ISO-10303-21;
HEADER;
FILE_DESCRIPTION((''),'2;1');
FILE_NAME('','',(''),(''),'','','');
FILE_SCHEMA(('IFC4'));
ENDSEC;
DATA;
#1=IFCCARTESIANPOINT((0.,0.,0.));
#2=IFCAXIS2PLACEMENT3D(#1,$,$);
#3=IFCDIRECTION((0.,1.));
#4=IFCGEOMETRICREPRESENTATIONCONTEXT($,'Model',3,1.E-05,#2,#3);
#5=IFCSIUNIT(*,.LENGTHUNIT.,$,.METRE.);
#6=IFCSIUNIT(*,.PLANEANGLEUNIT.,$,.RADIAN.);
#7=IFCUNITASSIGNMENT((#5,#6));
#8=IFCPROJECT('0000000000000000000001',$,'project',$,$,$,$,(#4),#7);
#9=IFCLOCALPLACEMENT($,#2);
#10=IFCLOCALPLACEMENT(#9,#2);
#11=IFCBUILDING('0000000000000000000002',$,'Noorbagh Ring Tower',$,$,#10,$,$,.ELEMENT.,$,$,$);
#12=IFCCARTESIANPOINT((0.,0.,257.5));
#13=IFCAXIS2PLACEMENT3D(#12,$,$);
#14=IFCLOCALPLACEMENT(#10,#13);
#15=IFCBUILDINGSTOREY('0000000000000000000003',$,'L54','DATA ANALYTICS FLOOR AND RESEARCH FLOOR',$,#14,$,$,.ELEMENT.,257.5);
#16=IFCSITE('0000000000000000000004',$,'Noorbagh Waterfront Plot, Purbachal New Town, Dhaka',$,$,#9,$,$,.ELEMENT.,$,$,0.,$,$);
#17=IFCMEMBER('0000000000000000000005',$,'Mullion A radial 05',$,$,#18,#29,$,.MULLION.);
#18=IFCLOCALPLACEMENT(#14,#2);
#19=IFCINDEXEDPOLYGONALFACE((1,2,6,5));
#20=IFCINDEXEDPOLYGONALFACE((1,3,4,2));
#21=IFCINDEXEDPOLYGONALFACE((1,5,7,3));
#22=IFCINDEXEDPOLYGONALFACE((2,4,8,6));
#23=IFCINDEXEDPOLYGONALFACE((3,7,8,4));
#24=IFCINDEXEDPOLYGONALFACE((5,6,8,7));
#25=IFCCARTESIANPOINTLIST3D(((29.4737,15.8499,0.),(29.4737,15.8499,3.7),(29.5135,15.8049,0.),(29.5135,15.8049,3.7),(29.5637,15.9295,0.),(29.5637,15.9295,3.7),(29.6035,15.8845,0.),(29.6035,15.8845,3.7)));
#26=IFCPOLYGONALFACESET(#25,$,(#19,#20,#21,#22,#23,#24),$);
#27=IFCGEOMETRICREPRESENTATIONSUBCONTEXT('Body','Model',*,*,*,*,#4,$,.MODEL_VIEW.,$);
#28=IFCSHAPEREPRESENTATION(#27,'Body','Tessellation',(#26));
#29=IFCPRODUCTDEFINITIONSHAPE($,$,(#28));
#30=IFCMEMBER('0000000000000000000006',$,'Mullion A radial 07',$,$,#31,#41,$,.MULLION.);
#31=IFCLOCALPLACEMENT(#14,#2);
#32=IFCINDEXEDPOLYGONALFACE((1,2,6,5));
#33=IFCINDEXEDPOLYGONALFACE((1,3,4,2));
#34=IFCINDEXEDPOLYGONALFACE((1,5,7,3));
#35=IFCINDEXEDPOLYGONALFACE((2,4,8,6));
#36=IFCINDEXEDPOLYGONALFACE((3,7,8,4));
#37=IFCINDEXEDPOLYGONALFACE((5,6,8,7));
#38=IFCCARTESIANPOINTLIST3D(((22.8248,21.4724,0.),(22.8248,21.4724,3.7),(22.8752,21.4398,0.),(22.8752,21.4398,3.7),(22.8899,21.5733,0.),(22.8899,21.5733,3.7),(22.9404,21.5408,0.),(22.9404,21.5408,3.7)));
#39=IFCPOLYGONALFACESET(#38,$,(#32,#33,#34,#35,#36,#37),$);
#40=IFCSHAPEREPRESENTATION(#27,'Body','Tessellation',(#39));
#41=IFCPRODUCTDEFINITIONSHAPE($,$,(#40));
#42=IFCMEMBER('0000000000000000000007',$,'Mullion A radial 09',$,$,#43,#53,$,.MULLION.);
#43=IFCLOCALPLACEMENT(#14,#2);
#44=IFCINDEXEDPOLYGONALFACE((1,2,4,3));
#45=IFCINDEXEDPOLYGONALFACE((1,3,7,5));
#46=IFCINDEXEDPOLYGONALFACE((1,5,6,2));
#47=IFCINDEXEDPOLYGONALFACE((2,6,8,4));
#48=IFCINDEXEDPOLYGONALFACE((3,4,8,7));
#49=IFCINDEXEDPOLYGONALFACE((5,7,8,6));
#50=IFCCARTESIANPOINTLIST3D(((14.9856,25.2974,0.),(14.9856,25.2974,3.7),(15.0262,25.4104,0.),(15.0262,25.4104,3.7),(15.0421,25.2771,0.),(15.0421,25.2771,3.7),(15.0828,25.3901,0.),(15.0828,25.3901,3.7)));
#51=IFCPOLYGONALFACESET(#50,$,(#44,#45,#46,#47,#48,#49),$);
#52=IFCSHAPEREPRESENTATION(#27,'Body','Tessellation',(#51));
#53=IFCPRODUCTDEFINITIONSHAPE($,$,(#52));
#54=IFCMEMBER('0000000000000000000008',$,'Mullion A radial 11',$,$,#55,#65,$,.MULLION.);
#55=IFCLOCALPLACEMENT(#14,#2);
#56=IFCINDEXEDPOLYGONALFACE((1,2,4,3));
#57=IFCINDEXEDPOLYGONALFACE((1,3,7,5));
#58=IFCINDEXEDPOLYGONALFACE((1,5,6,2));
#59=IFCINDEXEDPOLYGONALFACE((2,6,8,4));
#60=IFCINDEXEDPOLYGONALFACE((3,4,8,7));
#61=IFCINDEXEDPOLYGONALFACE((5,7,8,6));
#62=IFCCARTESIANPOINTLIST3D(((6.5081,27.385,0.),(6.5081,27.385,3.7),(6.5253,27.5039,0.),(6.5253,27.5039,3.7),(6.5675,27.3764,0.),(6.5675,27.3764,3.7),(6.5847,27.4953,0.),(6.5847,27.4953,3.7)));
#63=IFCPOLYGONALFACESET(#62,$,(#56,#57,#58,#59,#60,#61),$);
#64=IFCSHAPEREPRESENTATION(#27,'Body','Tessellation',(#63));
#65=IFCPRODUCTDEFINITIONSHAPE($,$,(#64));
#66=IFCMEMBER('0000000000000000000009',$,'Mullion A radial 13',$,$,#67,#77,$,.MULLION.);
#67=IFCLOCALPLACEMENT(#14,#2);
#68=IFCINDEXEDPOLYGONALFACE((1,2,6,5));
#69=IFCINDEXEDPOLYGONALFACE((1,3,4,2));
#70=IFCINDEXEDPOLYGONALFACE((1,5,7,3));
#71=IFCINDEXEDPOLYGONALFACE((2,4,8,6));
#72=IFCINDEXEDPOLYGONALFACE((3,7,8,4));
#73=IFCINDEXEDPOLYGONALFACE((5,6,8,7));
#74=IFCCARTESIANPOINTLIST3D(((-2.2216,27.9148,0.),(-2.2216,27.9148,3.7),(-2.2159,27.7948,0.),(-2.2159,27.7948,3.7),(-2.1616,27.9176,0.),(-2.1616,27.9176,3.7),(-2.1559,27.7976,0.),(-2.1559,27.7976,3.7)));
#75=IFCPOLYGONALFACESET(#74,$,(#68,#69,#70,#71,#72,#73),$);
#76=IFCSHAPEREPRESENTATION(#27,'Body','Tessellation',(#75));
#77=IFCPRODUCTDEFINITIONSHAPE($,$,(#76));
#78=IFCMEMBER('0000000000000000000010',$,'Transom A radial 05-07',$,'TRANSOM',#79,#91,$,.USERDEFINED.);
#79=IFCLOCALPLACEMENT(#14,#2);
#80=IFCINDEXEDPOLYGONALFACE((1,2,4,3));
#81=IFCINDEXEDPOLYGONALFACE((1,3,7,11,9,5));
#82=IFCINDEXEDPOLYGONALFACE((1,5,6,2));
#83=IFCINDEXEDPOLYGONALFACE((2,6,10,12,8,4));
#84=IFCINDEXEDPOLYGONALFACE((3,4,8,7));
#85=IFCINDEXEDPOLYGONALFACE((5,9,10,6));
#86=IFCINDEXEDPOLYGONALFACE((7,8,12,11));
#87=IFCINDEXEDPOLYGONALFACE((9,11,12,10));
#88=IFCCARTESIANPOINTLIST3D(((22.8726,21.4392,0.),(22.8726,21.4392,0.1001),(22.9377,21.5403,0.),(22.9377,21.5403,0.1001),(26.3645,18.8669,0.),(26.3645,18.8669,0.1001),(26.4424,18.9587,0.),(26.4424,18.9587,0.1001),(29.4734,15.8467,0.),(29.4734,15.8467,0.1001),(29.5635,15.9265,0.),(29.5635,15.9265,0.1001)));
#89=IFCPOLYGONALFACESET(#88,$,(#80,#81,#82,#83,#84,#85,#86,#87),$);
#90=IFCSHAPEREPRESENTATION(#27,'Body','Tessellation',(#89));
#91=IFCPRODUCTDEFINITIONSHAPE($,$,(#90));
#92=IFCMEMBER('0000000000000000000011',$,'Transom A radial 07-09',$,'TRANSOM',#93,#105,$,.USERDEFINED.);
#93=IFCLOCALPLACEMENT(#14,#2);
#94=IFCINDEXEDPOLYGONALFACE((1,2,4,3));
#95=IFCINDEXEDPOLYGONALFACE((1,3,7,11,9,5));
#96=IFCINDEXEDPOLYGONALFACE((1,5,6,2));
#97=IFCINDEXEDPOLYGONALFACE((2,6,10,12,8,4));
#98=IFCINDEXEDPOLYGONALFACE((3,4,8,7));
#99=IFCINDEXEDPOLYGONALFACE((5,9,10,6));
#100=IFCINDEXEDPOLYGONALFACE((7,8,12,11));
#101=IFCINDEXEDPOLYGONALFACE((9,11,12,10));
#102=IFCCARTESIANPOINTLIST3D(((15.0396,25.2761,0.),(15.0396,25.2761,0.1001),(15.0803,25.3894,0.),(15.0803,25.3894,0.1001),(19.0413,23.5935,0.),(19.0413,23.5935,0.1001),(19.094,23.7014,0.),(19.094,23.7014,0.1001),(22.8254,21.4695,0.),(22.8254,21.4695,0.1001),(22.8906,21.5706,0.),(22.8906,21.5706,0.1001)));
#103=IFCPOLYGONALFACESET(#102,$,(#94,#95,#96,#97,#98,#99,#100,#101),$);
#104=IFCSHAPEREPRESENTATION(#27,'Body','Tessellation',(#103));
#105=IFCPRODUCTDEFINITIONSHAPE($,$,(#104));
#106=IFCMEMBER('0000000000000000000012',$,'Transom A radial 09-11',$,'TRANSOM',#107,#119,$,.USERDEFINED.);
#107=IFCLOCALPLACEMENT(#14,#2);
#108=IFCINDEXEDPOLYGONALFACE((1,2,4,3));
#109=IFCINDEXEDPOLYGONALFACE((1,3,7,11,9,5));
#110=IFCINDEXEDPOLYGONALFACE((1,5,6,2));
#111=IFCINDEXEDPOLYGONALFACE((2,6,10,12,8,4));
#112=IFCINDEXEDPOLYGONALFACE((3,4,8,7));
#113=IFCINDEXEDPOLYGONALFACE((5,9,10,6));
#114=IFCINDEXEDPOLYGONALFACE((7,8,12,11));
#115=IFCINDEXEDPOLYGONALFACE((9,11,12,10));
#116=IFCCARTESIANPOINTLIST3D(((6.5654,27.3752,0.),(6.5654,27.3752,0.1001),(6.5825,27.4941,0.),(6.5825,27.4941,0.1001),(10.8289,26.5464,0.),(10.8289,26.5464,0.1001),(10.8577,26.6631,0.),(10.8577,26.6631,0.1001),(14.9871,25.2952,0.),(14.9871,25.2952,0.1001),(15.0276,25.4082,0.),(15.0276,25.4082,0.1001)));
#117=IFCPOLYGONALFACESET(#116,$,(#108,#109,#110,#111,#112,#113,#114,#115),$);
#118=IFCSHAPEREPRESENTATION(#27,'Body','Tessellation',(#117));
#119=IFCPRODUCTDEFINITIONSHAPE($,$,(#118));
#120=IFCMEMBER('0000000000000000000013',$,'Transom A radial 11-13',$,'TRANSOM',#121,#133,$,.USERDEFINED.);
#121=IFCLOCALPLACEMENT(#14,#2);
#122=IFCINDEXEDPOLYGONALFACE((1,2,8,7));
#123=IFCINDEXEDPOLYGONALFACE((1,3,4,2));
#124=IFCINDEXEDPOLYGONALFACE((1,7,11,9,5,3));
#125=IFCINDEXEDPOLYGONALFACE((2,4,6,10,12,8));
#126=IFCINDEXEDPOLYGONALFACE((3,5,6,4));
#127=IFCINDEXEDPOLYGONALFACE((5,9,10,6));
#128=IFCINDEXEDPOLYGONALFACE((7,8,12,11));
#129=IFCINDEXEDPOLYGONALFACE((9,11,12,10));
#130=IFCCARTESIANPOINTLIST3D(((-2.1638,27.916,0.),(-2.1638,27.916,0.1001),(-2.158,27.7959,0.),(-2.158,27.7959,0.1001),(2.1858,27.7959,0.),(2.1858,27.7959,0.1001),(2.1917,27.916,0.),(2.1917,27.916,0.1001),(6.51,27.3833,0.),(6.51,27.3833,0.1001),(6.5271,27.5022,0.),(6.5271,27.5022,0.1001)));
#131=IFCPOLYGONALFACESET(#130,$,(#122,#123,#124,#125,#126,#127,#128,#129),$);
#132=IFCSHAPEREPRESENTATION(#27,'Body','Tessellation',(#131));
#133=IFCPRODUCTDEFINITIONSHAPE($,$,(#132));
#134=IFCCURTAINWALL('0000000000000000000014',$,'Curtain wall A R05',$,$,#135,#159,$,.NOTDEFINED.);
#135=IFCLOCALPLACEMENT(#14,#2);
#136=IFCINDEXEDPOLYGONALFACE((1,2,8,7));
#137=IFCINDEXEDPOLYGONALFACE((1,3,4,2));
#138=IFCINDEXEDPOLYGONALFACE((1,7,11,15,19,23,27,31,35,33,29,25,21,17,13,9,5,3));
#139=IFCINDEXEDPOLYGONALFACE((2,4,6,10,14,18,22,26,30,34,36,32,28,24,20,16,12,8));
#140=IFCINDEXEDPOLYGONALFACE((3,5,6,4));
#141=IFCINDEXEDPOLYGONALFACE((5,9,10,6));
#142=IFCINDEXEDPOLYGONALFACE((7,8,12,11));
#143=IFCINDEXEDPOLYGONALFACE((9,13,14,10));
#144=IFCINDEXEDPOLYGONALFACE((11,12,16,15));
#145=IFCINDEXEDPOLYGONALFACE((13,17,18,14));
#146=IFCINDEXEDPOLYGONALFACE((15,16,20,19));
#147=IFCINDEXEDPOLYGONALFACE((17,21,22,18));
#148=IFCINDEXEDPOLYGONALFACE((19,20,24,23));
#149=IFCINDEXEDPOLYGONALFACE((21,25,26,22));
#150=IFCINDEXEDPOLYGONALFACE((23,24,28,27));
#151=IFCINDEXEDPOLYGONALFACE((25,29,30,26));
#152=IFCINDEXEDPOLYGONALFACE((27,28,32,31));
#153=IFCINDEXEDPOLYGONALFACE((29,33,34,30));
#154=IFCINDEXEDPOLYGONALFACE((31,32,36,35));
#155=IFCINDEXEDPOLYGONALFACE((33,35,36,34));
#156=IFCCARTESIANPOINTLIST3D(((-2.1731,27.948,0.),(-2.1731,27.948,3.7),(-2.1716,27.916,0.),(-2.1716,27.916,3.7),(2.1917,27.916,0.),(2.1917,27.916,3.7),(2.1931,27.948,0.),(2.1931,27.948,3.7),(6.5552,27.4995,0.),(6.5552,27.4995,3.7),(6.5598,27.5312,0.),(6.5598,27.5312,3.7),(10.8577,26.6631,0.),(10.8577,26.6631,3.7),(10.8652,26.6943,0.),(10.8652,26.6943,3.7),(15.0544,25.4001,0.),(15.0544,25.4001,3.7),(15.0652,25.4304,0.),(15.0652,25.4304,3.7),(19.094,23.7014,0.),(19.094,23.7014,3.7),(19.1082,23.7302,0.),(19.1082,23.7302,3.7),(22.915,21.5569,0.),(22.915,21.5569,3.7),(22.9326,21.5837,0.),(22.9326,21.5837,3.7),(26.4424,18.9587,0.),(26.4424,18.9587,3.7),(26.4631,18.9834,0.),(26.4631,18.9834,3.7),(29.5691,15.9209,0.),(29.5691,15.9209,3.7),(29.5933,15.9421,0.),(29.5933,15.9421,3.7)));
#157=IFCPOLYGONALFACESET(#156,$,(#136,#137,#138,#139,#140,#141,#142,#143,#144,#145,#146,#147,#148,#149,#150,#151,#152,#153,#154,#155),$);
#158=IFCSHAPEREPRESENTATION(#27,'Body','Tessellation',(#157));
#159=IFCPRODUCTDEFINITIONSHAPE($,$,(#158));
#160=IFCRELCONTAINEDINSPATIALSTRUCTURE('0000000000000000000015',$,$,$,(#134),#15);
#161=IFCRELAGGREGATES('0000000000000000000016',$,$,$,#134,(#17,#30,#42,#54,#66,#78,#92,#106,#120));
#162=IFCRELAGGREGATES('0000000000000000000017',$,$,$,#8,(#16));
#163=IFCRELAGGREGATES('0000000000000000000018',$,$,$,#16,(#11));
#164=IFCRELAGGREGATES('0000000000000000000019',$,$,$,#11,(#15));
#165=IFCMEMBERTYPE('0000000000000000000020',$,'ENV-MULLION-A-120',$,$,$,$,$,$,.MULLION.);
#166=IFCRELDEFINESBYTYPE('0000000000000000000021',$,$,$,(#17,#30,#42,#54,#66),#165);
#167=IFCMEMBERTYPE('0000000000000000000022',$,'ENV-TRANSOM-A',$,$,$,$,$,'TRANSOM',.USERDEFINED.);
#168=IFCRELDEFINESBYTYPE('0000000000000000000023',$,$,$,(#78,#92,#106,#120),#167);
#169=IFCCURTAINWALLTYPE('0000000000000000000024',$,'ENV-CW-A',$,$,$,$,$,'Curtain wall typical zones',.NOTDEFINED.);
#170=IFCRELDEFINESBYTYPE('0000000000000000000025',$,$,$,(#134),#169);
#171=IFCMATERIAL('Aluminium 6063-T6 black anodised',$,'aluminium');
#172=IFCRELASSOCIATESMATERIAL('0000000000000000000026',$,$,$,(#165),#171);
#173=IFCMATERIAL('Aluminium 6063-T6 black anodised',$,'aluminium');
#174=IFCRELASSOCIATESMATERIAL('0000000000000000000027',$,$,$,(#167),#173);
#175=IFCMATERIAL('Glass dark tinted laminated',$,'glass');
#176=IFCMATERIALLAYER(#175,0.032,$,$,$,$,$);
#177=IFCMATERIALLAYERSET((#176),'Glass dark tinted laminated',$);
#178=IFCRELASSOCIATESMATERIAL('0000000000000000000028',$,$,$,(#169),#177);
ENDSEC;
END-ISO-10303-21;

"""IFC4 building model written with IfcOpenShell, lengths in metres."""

from ifc_helpers import new_model, si_unit, direction, frame, origin, origin_2d, place, context, subcontext, project, spatial, polyline, rectangle, outline, extrude, material, layer, layer_set, material_profile, profile_set, type_object, element, aggregate, save


model = new_model("IFC4")

# Units and contexts
model_context = context("Model", 3, precision=1e-05, world=origin(), true_north=direction((0.0, 1.0)))
body_context = subcontext(model_context, "Body", "Model", "MODEL_VIEW")
ifc_project = project(units=[si_unit("LENGTHUNIT", "METRE"), si_unit("PLANEANGLEUNIT", "RADIAN")], contexts=[model_context])

# Members
ifc_material_1 = material(Name="Aluminium 6063-T6 black anodised", Category="aluminium")
ifc_material_profile = material_profile(ifc_material_1, rectangle(XDim=0.1201, YDim=0.0601, at=origin_2d()), Name="120x60")
ifc_profile_set = profile_set([ifc_material_profile], Name="Aluminium 6063-T6 black anodised")
member_type_1 = type_object("IfcMemberType", Name="ENV-MULLION-A-120", PredefinedType="MULLION", material=ifc_profile_set)
site_placement = place(None, origin())
building_placement = place(site_placement, origin())
storey_placement = place(building_placement, frame((0.0, 0.0, 257.5)))
member_1_placement = place(storey_placement, frame((29.5386, 15.8672, 0.0), z_axis=(0.0, 0.0, 1.0), x_axis=(-0.749047, -0.662517, 0.0)))
member_1 = element("IfcMember", 1, at=member_1_placement, type_object=member_type_1, Name="Mullion A radial 05", PredefinedType="MULLION", context=body_context, shape_type="SweptSolid", body=[
    extrude(rectangle(XDim=0.1201, YDim=0.0601, at=origin_2d()), origin(), (0.0, 0.0, 1.0), 3.7),
])
member_2_placement = place(storey_placement, frame((22.8826, 21.5066, 0.0), z_axis=(0.0, 0.0, 1.0), x_axis=(-0.542279, -0.840198, 0.0)))
member_2 = element("IfcMember", 2, at=member_2_placement, type_object=member_type_1, Name="Mullion A radial 07", PredefinedType="MULLION", context=body_context, shape_type="SweptSolid", body=[
    extrude(rectangle(XDim=0.1201, YDim=0.0601, at=origin_2d()), origin(), (0.0, 0.0, 1.0), 3.7),
])
member_3_placement = place(storey_placement, frame((15.0342, 25.3438, 0.0), z_axis=(0.0, 0.0, 1.0), x_axis=(-0.338379, -0.94101, 0.0)))
member_3 = element("IfcMember", 3, at=member_3_placement, type_object=member_type_1, Name="Mullion A radial 09", PredefinedType="MULLION", context=body_context, shape_type="SweptSolid", body=[
    extrude(rectangle(XDim=0.1201, YDim=0.0601, at=origin_2d()), origin(), (0.0, 0.0, 1.0), 3.7),
])
member_4_placement = place(storey_placement, frame((6.5464, 27.4402, 0.0), z_axis=(0.0, 0.0, 1.0), x_axis=(-0.143082, -0.989711, 0.0)))
member_4 = element("IfcMember", 4, at=member_4_placement, type_object=member_type_1, Name="Mullion A radial 11", PredefinedType="MULLION", context=body_context, shape_type="SweptSolid", body=[
    extrude(rectangle(XDim=0.1201, YDim=0.0601, at=origin_2d()), origin(), (0.0, 0.0, 1.0), 3.7),
])
member_5_placement = place(storey_placement, frame((-2.1887, 27.8562, 0.0), z_axis=(0.0, 0.0, 1.0), x_axis=(0.047558, -0.998868, 0.0)))
member_5 = element("IfcMember", 5, at=member_5_placement, type_object=member_type_1, Name="Mullion A radial 13", PredefinedType="MULLION", context=body_context, shape_type="SweptSolid", body=[
    extrude(rectangle(XDim=0.1201, YDim=0.0601, at=origin_2d()), origin(), (0.0, 0.0, 1.0), 3.7),
])
ifc_material_2 = material(Name="Aluminium 6063-T6 black anodised", Category="aluminium")
member_type_2 = type_object("IfcMemberType", Name="ENV-TRANSOM-A", ElementType="TRANSOM", PredefinedType="USERDEFINED", material=ifc_material_2)
member_6_placement = place(storey_placement, origin())
member_6 = element("IfcMember", 6, at=member_6_placement, type_object=member_type_2, Name="Transom A radial 05-07", ObjectType="TRANSOM", PredefinedType="USERDEFINED", context=body_context, shape_type="SweptSolid", body=[
    extrude(outline(polyline([(29.5635, 15.9265), (26.4424, 18.9587), (22.9377, 21.5403), (22.8726, 21.4392), (26.3645, 18.8669), (29.4734, 15.8467), (29.5635, 15.9265)])), origin(), (0.0, 0.0, 1.0), 0.1001),
])
member_7_placement = place(storey_placement, origin())
member_7 = element("IfcMember", 7, at=member_7_placement, type_object=member_type_2, Name="Transom A radial 07-09", ObjectType="TRANSOM", PredefinedType="USERDEFINED", context=body_context, shape_type="SweptSolid", body=[
    extrude(outline(polyline([(22.8906, 21.5706), (19.094, 23.7014), (15.0803, 25.3894), (15.0396, 25.2761), (19.0413, 23.5935), (22.8254, 21.4695), (22.8906, 21.5706)])), origin(), (0.0, 0.0, 1.0), 0.1001),
])
member_8_placement = place(storey_placement, origin())
member_8 = element("IfcMember", 8, at=member_8_placement, type_object=member_type_2, Name="Transom A radial 09-11", ObjectType="TRANSOM", PredefinedType="USERDEFINED", context=body_context, shape_type="SweptSolid", body=[
    extrude(outline(polyline([(15.0276, 25.4082), (10.8577, 26.6631), (6.5825, 27.4941), (6.5654, 27.3752), (10.8289, 26.5464), (14.9871, 25.2952), (15.0276, 25.4082)])), origin(), (0.0, 0.0, 1.0), 0.1001),
])
member_9_placement = place(storey_placement, origin())
member_9 = element("IfcMember", 9, at=member_9_placement, type_object=member_type_2, Name="Transom A radial 11-13", ObjectType="TRANSOM", PredefinedType="USERDEFINED", context=body_context, shape_type="SweptSolid", body=[
    extrude(outline(polyline([(6.5271, 27.5022), (2.1917, 27.916), (-2.1638, 27.916), (-2.158, 27.7959), (2.1858, 27.7959), (6.51, 27.3833), (6.5271, 27.5022)])), origin(), (0.0, 0.0, 1.0), 0.1001),
])

# Site, building, storey
site = spatial("IfcSite", under=ifc_project, at=site_placement, Name="Noorbagh Waterfront Plot, Purbachal New Town, Dhaka", CompositionType="ELEMENT", RefElevation=0.0)
building = spatial("IfcBuilding", under=site, at=building_placement, Name="Noorbagh Ring Tower", CompositionType="ELEMENT")
storey = spatial("IfcBuildingStorey", under=building, at=storey_placement, Name="L54", Description="DATA ANALYTICS FLOOR AND RESEARCH FLOOR", CompositionType="ELEMENT", Elevation=257.5)

# Curtain wall
ifc_material_3 = material(Name="Glass dark tinted laminated", Category="glass")
ifc_layer_1 = layer(ifc_material_3, 0.032)
ifc_layer_set_1 = layer_set([ifc_layer_1], Name="Glass dark tinted laminated")
curtain_wall_type = type_object("IfcCurtainWallType", Name="ENV-CW-A", ElementType="Curtain wall typical zones", PredefinedType="NOTDEFINED", material=ifc_layer_set_1)
curtain_wall_1_placement = place(storey_placement, origin())
curtain_wall_1 = element("IfcCurtainWall", 10, at=curtain_wall_1_placement, inside=storey, type_object=curtain_wall_type, Name="Curtain wall A R05", PredefinedType="NOTDEFINED", context=body_context, shape_type="SweptSolid", body=[
    extrude(outline(polyline([(29.5933, 15.9421), (26.4631, 18.9834), (22.9326, 21.5837), (19.1082, 23.7302), (15.0652, 25.4304), (10.8652, 26.6943), (6.5598, 27.5312), (2.1931, 27.948), (-2.1731, 27.948), (-2.1716, 27.916), (2.1917, 27.916), (6.5552, 27.4995), (10.8577, 26.6631), (15.0544, 25.4001), (19.094, 23.7014), (22.915, 21.5569), (26.4424, 18.9587), (29.5691, 15.9209), (29.5933, 15.9421)])), origin(), (0.0, 0.0, 1.0), 3.7),
])
aggregate(curtain_wall_1, [member_1, member_2, member_3, member_4, member_5, member_6, member_7, member_8, member_9])

save(model, "model.ifc")
